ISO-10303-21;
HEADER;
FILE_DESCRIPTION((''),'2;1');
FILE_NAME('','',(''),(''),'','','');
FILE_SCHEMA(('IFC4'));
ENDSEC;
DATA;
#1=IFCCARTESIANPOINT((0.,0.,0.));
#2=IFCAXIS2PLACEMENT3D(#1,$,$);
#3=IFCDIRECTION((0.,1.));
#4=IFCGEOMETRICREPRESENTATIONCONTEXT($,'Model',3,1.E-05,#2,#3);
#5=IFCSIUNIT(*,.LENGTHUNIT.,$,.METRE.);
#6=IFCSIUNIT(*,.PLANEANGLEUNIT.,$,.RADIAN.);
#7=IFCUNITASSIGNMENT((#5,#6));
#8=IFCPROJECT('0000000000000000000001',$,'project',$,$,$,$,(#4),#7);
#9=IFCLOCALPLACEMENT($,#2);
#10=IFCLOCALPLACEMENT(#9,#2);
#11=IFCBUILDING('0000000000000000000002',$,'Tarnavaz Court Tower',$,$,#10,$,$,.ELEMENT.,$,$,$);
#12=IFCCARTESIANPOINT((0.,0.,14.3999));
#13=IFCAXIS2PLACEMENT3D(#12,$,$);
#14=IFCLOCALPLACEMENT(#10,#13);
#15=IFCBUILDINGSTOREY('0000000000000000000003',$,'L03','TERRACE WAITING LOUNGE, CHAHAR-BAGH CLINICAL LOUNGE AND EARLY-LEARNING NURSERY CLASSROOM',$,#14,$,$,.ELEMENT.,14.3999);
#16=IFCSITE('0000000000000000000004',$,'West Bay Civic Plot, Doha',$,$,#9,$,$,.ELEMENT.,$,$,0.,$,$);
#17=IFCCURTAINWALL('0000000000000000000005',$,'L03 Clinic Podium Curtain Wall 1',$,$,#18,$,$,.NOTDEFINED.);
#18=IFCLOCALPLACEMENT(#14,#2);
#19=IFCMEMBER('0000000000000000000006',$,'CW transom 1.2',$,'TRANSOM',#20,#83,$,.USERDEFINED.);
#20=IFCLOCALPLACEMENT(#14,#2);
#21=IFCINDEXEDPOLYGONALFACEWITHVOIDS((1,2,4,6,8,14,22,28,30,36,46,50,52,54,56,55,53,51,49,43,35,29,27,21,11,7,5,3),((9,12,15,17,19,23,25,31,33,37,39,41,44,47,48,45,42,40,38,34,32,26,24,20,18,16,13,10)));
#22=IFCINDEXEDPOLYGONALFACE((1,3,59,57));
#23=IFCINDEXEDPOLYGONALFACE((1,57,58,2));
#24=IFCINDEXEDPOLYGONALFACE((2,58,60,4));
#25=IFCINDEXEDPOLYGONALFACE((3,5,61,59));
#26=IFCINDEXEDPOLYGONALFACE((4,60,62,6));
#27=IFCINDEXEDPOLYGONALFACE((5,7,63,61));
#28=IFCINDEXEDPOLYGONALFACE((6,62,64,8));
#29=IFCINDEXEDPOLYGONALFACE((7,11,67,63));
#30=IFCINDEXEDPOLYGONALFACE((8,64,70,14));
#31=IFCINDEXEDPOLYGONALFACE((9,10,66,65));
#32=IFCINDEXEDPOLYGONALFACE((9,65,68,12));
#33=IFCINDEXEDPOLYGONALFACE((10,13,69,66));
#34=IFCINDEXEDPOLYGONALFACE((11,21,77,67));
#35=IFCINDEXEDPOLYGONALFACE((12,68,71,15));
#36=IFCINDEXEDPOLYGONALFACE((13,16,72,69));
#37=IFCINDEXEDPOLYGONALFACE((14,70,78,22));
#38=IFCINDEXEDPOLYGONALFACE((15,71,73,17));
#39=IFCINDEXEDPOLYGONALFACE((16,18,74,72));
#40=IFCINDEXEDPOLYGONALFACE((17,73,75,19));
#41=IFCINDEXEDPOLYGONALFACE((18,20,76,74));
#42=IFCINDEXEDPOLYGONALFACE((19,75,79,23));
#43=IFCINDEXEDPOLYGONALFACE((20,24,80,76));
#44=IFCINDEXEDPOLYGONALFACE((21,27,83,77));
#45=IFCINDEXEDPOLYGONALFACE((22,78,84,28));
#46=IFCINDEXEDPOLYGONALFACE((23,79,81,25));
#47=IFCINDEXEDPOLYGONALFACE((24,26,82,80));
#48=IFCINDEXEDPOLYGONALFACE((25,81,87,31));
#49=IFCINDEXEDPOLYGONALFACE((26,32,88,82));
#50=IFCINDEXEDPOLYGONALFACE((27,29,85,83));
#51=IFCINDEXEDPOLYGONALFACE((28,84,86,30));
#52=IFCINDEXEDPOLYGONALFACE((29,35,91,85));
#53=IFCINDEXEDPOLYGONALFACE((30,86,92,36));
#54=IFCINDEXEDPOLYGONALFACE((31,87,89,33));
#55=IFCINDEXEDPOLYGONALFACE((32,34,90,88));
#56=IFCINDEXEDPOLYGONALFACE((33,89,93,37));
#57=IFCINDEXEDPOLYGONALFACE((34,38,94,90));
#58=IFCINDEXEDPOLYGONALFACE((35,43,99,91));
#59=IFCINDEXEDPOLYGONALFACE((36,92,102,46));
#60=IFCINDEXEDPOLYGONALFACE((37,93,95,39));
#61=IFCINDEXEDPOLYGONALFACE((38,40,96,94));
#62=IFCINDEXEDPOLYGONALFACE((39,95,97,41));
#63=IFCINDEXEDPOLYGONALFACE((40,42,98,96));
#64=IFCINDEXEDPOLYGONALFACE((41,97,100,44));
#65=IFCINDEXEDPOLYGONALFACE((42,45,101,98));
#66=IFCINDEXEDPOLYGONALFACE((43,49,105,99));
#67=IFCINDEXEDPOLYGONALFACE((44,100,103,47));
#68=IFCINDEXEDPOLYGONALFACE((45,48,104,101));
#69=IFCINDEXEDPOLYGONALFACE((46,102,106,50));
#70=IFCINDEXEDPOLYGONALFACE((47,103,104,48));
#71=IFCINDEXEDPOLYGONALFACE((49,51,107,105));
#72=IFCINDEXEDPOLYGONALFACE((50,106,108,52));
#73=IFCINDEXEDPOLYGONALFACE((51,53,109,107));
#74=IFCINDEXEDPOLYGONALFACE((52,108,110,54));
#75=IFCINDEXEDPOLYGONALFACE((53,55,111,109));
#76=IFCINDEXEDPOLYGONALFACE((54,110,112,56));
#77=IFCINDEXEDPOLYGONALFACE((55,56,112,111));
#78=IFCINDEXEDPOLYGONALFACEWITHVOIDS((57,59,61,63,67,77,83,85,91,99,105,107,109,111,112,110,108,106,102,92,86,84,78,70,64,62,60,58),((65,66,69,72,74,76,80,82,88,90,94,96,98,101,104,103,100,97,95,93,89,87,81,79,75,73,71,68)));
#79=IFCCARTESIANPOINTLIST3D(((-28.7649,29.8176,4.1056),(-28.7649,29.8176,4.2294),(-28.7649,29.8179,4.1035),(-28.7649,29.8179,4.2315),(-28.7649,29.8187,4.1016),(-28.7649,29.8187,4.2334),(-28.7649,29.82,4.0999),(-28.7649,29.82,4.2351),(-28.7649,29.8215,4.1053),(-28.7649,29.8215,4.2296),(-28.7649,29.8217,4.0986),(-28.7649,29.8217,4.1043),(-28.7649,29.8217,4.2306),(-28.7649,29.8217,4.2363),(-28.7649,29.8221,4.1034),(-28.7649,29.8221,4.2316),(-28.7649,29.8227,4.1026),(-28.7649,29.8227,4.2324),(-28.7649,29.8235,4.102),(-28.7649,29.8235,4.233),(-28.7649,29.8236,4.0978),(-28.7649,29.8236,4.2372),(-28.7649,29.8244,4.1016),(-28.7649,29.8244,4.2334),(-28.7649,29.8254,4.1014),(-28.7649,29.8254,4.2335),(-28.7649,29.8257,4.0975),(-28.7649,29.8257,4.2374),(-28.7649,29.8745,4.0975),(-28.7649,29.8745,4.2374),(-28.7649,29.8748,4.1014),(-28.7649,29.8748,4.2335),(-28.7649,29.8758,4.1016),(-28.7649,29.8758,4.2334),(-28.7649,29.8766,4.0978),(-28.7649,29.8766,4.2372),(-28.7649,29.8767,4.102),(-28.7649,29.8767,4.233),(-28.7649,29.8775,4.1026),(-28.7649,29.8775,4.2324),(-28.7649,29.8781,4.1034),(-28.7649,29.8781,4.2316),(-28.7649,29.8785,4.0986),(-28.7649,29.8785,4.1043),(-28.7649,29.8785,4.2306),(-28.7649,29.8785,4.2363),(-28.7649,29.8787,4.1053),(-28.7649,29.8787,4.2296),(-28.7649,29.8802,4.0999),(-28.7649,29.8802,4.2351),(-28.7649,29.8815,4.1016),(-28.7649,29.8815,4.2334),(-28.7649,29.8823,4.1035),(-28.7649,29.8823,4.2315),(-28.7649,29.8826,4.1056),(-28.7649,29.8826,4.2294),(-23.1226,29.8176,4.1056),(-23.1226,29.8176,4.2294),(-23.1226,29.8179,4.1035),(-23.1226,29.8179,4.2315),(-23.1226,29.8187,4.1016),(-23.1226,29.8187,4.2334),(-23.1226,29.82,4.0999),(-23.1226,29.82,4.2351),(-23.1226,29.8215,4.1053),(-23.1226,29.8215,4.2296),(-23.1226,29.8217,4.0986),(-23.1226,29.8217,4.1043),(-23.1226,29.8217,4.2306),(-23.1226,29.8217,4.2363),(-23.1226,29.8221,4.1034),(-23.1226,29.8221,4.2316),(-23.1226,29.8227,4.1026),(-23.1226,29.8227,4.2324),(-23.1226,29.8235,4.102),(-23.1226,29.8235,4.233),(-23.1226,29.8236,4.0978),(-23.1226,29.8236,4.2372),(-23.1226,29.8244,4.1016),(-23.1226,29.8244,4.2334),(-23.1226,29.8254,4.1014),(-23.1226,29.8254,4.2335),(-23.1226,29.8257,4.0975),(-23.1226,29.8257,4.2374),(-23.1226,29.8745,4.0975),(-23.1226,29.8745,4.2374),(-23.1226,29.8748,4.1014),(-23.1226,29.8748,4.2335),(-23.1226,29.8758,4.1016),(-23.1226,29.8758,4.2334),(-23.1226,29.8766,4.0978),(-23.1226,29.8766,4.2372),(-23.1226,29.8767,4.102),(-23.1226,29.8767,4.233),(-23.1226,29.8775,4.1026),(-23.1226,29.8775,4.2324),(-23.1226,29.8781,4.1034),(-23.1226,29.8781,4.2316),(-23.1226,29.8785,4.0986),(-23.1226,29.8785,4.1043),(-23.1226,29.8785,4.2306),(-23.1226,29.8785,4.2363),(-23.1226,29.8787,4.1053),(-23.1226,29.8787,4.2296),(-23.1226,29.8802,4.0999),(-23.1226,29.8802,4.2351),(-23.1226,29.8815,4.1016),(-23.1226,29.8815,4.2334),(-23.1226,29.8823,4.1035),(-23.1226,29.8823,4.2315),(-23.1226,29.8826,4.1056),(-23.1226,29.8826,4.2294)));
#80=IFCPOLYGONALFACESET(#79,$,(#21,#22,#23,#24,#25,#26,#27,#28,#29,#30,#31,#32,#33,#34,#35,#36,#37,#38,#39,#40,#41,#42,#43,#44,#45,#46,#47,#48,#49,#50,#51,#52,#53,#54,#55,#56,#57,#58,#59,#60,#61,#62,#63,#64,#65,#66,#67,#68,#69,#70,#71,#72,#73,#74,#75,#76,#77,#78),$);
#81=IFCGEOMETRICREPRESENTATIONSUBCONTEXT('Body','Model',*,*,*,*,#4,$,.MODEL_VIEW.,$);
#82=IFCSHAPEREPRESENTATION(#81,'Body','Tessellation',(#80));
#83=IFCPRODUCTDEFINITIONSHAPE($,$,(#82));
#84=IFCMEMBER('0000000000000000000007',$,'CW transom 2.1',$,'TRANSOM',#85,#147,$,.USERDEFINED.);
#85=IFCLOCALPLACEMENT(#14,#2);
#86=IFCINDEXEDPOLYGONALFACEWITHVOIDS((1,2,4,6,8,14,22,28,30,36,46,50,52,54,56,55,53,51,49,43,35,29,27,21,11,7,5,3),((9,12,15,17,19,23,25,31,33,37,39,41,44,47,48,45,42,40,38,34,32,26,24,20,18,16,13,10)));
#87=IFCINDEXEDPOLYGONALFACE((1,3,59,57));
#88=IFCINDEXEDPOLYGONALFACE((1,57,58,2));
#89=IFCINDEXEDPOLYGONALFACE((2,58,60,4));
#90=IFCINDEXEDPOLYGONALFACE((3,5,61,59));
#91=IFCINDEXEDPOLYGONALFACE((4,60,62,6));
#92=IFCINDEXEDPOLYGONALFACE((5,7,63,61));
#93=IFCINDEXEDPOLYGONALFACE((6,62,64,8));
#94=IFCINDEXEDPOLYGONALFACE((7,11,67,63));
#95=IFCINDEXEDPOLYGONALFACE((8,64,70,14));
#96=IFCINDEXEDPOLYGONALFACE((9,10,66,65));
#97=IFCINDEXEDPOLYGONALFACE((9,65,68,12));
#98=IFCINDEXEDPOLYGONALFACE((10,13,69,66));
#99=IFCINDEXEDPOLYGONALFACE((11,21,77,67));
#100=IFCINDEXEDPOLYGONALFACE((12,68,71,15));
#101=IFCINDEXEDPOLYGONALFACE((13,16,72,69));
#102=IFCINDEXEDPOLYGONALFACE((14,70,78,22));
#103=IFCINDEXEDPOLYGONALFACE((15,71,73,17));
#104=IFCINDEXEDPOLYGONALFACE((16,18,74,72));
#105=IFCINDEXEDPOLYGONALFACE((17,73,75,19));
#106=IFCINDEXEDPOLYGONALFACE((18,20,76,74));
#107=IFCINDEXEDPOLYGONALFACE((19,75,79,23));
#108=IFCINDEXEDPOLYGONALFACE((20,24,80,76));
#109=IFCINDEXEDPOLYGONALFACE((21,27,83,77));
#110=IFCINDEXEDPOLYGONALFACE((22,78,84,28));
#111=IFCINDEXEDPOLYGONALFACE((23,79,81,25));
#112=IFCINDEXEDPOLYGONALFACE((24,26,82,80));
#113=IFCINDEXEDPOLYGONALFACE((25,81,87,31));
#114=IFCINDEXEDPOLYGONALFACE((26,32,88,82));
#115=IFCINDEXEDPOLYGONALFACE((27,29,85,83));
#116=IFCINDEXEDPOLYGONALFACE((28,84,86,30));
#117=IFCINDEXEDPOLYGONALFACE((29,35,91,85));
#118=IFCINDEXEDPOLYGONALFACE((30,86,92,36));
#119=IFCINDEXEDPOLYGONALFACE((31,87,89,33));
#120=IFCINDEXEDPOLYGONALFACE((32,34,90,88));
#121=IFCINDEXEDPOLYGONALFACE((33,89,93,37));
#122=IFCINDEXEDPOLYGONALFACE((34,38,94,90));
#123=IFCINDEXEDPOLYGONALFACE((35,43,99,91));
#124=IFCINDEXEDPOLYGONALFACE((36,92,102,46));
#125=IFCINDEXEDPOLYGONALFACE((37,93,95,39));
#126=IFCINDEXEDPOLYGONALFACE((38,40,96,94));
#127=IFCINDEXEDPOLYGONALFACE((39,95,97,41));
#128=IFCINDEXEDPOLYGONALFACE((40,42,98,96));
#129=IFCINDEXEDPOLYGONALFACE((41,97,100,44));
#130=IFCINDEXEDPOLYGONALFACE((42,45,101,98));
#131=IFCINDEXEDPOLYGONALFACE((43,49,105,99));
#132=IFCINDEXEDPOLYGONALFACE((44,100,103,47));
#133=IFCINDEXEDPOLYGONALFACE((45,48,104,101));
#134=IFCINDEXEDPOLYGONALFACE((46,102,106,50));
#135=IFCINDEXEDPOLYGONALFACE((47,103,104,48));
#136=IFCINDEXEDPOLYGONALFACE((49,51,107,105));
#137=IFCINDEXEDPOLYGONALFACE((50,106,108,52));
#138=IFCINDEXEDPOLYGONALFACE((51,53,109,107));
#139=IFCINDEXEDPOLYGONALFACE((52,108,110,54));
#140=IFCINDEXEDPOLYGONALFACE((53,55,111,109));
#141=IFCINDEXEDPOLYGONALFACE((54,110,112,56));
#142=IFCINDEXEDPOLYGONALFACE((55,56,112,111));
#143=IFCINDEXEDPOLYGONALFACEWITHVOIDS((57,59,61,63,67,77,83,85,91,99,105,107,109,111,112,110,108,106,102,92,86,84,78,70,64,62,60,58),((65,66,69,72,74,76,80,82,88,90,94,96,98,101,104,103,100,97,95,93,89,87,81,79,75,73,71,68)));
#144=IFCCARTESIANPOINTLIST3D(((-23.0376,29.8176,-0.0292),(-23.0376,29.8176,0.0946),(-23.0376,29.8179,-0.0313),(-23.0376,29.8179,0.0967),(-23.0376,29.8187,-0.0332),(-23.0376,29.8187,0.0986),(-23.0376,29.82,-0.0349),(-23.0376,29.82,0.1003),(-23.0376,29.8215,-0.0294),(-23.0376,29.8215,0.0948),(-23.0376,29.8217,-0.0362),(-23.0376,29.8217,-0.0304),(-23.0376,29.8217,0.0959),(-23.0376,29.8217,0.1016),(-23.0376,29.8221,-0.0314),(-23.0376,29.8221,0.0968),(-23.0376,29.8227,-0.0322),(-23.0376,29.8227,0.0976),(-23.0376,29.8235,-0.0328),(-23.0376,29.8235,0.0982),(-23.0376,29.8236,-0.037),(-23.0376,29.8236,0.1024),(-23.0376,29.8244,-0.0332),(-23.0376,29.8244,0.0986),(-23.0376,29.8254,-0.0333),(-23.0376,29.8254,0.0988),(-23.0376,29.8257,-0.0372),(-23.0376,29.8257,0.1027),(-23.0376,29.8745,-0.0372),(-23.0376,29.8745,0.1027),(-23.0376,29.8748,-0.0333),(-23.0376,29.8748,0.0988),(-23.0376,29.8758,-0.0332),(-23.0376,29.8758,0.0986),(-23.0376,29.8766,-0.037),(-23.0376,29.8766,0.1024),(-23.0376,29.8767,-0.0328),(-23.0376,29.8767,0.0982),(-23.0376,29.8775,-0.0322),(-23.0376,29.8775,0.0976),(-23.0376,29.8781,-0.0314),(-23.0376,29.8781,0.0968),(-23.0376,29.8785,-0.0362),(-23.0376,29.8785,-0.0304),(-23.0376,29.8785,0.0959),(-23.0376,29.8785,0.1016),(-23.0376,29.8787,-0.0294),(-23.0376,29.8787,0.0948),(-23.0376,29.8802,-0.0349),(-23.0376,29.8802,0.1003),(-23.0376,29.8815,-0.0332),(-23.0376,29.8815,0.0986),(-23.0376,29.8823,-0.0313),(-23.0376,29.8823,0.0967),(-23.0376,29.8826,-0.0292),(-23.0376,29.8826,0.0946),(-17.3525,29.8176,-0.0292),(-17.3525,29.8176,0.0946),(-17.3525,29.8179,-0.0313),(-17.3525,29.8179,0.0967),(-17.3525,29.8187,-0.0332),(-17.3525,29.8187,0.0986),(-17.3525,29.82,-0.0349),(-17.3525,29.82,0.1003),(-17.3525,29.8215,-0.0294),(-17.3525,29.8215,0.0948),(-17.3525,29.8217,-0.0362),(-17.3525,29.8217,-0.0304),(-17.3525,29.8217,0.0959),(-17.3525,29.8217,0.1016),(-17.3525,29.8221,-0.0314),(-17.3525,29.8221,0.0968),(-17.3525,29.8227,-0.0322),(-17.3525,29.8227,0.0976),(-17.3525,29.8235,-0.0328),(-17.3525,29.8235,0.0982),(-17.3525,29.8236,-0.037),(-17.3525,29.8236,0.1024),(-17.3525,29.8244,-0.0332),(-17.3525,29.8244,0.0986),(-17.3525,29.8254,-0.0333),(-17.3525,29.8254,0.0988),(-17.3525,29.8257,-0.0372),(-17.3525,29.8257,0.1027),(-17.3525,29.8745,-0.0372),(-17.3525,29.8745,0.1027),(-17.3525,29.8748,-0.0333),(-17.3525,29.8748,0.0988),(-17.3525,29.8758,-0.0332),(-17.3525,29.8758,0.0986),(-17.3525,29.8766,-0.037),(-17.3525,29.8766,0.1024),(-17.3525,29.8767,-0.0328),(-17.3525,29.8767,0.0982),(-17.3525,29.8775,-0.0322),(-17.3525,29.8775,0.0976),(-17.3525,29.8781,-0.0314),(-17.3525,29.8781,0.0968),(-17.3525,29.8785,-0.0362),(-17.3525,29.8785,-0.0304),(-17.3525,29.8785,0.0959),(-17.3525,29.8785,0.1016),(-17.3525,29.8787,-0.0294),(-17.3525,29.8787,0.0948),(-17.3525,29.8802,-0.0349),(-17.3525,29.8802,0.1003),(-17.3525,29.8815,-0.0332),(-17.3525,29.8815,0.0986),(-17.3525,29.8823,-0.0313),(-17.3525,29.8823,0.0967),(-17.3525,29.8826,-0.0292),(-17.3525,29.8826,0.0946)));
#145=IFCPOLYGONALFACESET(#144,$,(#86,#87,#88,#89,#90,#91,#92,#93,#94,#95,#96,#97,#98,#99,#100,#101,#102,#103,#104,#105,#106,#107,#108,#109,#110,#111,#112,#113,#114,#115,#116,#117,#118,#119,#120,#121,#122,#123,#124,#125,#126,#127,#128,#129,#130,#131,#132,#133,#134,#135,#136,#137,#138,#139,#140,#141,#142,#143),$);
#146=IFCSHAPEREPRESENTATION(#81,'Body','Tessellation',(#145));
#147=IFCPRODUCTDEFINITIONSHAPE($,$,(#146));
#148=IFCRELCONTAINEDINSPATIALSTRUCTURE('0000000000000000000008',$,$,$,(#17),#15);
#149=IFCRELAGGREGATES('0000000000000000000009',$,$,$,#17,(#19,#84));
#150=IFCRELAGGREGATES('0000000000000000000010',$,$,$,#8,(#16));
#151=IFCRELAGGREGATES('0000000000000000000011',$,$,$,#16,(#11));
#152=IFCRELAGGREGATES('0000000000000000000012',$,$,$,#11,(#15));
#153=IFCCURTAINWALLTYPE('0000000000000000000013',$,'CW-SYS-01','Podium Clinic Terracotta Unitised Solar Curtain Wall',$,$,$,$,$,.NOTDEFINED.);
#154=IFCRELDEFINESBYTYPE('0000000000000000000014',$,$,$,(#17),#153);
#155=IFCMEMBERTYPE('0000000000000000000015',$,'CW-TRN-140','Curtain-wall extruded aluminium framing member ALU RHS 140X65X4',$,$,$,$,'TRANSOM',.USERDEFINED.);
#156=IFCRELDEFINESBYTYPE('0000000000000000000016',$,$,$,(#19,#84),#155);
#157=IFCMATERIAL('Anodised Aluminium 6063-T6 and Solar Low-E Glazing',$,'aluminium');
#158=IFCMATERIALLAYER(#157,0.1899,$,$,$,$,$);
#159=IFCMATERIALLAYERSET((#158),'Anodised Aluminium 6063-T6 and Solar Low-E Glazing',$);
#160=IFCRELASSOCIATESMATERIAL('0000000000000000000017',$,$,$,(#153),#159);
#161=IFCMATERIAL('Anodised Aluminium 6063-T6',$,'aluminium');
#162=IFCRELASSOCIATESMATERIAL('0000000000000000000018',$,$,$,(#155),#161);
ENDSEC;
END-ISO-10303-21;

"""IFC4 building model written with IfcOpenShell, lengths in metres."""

from ifc_helpers import new_model, si_unit, direction, frame, origin, origin_2d, place, context, subcontext, project, spatial, hollow_rectangle, extrude, material, layer, layer_set, material_profile, profile_set, type_object, element, aggregate, save


model = new_model("IFC4")

# Units and contexts
model_context = context("Model", 3, precision=1e-05, world=origin(), true_north=direction((0.0, 1.0)))
body_context = subcontext(model_context, "Body", "Model", "MODEL_VIEW")
ifc_project = project(units=[si_unit("LENGTHUNIT", "METRE"), si_unit("PLANEANGLEUNIT", "RADIAN")], contexts=[model_context])

# Site, building, storey
site_placement = place(None, origin())
site = spatial("IfcSite", under=ifc_project, at=site_placement, Name="West Bay Civic Plot, Doha", CompositionType="ELEMENT", RefElevation=0.0)
building_placement = place(site_placement, origin())
building = spatial("IfcBuilding", under=site, at=building_placement, Name="Tarnavaz Court Tower", CompositionType="ELEMENT")
storey_placement = place(building_placement, frame((0.0, 0.0, 14.3999)))
storey = spatial("IfcBuildingStorey", under=building, at=storey_placement, Name="L03", Description="TERRACE WAITING LOUNGE, CHAHAR-BAGH CLINICAL LOUNGE AND EARLY-LEARNING NURSERY CLASSROOM", CompositionType="ELEMENT", Elevation=14.3999)

# Curtain wall, members
ifc_material_1 = material(Name="Anodised Aluminium 6063-T6 and Solar Low-E Glazing", Category="aluminium")
ifc_layer_1 = layer(ifc_material_1, 0.1899)
ifc_layer_set_1 = layer_set([ifc_layer_1], Name="Anodised Aluminium 6063-T6 and Solar Low-E Glazing")
curtain_wall_type = type_object("IfcCurtainWallType", Name="CW-SYS-01", Description="Podium Clinic Terracotta Unitised Solar Curtain Wall", PredefinedType="NOTDEFINED", material=ifc_layer_set_1)
curtain_wall_placement = place(storey_placement, origin())
curtain_wall = element("IfcCurtainWall", 1, at=curtain_wall_placement, inside=storey, type_object=curtain_wall_type, Name="L03 Clinic Podium Curtain Wall 1", PredefinedType="NOTDEFINED")
ifc_material_2 = material(Name="Anodised Aluminium 6063-T6", Category="aluminium")
ifc_material_profile_1 = material_profile(ifc_material_2, hollow_rectangle(XDim=0.0649, YDim=0.1399, WallThickness=0.0039, InnerFilletRadius=0.0039, OuterFilletRadius=0.0081, at=origin_2d()), Name="ALU RHS 140X65X4")
ifc_profile_set_1 = profile_set([ifc_material_profile_1], Name="Anodised Aluminium 6063-T6")
member_type_1 = type_object("IfcMemberType", Name="CW-TRN-140", Description="Curtain-wall extruded aluminium framing member ALU RHS 140X65X4", ElementType="TRANSOM", PredefinedType="USERDEFINED", material=ifc_profile_set_1)
member_1_placement = place(storey_placement, frame((-28.7649, 29.8501, 4.1675), z_axis=(1.0, 0.0, 0.0), x_axis=(0.0, 1.0, 0.0)))
member_1 = element("IfcMember", 2, at=member_1_placement, type_object=member_type_1, Name="CW transom 1.2", ObjectType="TRANSOM", PredefinedType="USERDEFINED", context=body_context, shape_type="SweptSolid", body=[
    extrude(hollow_rectangle(XDim=0.0649, YDim=0.1399, WallThickness=0.0039, InnerFilletRadius=0.0039, OuterFilletRadius=0.0081, at=origin_2d()), origin(), (0.0, 0.0, 1.0), 5.6423),
])
member_2_placement = place(storey_placement, frame((-23.0376, 29.8501, 0.0327), z_axis=(1.0, 0.0, 0.0), x_axis=(0.0, 1.0, 0.0)))
member_2 = element("IfcMember", 3, at=member_2_placement, type_object=member_type_1, Name="CW transom 2.1", ObjectType="TRANSOM", PredefinedType="USERDEFINED", context=body_context, shape_type="SweptSolid", body=[
    extrude(hollow_rectangle(XDim=0.0649, YDim=0.1399, WallThickness=0.0039, InnerFilletRadius=0.0039, OuterFilletRadius=0.0081, at=origin_2d()), origin(), (0.0, 0.0, 1.0), 5.6851),
])
aggregate(curtain_wall, [member_1, member_2])

save(model, "model.ifc")
